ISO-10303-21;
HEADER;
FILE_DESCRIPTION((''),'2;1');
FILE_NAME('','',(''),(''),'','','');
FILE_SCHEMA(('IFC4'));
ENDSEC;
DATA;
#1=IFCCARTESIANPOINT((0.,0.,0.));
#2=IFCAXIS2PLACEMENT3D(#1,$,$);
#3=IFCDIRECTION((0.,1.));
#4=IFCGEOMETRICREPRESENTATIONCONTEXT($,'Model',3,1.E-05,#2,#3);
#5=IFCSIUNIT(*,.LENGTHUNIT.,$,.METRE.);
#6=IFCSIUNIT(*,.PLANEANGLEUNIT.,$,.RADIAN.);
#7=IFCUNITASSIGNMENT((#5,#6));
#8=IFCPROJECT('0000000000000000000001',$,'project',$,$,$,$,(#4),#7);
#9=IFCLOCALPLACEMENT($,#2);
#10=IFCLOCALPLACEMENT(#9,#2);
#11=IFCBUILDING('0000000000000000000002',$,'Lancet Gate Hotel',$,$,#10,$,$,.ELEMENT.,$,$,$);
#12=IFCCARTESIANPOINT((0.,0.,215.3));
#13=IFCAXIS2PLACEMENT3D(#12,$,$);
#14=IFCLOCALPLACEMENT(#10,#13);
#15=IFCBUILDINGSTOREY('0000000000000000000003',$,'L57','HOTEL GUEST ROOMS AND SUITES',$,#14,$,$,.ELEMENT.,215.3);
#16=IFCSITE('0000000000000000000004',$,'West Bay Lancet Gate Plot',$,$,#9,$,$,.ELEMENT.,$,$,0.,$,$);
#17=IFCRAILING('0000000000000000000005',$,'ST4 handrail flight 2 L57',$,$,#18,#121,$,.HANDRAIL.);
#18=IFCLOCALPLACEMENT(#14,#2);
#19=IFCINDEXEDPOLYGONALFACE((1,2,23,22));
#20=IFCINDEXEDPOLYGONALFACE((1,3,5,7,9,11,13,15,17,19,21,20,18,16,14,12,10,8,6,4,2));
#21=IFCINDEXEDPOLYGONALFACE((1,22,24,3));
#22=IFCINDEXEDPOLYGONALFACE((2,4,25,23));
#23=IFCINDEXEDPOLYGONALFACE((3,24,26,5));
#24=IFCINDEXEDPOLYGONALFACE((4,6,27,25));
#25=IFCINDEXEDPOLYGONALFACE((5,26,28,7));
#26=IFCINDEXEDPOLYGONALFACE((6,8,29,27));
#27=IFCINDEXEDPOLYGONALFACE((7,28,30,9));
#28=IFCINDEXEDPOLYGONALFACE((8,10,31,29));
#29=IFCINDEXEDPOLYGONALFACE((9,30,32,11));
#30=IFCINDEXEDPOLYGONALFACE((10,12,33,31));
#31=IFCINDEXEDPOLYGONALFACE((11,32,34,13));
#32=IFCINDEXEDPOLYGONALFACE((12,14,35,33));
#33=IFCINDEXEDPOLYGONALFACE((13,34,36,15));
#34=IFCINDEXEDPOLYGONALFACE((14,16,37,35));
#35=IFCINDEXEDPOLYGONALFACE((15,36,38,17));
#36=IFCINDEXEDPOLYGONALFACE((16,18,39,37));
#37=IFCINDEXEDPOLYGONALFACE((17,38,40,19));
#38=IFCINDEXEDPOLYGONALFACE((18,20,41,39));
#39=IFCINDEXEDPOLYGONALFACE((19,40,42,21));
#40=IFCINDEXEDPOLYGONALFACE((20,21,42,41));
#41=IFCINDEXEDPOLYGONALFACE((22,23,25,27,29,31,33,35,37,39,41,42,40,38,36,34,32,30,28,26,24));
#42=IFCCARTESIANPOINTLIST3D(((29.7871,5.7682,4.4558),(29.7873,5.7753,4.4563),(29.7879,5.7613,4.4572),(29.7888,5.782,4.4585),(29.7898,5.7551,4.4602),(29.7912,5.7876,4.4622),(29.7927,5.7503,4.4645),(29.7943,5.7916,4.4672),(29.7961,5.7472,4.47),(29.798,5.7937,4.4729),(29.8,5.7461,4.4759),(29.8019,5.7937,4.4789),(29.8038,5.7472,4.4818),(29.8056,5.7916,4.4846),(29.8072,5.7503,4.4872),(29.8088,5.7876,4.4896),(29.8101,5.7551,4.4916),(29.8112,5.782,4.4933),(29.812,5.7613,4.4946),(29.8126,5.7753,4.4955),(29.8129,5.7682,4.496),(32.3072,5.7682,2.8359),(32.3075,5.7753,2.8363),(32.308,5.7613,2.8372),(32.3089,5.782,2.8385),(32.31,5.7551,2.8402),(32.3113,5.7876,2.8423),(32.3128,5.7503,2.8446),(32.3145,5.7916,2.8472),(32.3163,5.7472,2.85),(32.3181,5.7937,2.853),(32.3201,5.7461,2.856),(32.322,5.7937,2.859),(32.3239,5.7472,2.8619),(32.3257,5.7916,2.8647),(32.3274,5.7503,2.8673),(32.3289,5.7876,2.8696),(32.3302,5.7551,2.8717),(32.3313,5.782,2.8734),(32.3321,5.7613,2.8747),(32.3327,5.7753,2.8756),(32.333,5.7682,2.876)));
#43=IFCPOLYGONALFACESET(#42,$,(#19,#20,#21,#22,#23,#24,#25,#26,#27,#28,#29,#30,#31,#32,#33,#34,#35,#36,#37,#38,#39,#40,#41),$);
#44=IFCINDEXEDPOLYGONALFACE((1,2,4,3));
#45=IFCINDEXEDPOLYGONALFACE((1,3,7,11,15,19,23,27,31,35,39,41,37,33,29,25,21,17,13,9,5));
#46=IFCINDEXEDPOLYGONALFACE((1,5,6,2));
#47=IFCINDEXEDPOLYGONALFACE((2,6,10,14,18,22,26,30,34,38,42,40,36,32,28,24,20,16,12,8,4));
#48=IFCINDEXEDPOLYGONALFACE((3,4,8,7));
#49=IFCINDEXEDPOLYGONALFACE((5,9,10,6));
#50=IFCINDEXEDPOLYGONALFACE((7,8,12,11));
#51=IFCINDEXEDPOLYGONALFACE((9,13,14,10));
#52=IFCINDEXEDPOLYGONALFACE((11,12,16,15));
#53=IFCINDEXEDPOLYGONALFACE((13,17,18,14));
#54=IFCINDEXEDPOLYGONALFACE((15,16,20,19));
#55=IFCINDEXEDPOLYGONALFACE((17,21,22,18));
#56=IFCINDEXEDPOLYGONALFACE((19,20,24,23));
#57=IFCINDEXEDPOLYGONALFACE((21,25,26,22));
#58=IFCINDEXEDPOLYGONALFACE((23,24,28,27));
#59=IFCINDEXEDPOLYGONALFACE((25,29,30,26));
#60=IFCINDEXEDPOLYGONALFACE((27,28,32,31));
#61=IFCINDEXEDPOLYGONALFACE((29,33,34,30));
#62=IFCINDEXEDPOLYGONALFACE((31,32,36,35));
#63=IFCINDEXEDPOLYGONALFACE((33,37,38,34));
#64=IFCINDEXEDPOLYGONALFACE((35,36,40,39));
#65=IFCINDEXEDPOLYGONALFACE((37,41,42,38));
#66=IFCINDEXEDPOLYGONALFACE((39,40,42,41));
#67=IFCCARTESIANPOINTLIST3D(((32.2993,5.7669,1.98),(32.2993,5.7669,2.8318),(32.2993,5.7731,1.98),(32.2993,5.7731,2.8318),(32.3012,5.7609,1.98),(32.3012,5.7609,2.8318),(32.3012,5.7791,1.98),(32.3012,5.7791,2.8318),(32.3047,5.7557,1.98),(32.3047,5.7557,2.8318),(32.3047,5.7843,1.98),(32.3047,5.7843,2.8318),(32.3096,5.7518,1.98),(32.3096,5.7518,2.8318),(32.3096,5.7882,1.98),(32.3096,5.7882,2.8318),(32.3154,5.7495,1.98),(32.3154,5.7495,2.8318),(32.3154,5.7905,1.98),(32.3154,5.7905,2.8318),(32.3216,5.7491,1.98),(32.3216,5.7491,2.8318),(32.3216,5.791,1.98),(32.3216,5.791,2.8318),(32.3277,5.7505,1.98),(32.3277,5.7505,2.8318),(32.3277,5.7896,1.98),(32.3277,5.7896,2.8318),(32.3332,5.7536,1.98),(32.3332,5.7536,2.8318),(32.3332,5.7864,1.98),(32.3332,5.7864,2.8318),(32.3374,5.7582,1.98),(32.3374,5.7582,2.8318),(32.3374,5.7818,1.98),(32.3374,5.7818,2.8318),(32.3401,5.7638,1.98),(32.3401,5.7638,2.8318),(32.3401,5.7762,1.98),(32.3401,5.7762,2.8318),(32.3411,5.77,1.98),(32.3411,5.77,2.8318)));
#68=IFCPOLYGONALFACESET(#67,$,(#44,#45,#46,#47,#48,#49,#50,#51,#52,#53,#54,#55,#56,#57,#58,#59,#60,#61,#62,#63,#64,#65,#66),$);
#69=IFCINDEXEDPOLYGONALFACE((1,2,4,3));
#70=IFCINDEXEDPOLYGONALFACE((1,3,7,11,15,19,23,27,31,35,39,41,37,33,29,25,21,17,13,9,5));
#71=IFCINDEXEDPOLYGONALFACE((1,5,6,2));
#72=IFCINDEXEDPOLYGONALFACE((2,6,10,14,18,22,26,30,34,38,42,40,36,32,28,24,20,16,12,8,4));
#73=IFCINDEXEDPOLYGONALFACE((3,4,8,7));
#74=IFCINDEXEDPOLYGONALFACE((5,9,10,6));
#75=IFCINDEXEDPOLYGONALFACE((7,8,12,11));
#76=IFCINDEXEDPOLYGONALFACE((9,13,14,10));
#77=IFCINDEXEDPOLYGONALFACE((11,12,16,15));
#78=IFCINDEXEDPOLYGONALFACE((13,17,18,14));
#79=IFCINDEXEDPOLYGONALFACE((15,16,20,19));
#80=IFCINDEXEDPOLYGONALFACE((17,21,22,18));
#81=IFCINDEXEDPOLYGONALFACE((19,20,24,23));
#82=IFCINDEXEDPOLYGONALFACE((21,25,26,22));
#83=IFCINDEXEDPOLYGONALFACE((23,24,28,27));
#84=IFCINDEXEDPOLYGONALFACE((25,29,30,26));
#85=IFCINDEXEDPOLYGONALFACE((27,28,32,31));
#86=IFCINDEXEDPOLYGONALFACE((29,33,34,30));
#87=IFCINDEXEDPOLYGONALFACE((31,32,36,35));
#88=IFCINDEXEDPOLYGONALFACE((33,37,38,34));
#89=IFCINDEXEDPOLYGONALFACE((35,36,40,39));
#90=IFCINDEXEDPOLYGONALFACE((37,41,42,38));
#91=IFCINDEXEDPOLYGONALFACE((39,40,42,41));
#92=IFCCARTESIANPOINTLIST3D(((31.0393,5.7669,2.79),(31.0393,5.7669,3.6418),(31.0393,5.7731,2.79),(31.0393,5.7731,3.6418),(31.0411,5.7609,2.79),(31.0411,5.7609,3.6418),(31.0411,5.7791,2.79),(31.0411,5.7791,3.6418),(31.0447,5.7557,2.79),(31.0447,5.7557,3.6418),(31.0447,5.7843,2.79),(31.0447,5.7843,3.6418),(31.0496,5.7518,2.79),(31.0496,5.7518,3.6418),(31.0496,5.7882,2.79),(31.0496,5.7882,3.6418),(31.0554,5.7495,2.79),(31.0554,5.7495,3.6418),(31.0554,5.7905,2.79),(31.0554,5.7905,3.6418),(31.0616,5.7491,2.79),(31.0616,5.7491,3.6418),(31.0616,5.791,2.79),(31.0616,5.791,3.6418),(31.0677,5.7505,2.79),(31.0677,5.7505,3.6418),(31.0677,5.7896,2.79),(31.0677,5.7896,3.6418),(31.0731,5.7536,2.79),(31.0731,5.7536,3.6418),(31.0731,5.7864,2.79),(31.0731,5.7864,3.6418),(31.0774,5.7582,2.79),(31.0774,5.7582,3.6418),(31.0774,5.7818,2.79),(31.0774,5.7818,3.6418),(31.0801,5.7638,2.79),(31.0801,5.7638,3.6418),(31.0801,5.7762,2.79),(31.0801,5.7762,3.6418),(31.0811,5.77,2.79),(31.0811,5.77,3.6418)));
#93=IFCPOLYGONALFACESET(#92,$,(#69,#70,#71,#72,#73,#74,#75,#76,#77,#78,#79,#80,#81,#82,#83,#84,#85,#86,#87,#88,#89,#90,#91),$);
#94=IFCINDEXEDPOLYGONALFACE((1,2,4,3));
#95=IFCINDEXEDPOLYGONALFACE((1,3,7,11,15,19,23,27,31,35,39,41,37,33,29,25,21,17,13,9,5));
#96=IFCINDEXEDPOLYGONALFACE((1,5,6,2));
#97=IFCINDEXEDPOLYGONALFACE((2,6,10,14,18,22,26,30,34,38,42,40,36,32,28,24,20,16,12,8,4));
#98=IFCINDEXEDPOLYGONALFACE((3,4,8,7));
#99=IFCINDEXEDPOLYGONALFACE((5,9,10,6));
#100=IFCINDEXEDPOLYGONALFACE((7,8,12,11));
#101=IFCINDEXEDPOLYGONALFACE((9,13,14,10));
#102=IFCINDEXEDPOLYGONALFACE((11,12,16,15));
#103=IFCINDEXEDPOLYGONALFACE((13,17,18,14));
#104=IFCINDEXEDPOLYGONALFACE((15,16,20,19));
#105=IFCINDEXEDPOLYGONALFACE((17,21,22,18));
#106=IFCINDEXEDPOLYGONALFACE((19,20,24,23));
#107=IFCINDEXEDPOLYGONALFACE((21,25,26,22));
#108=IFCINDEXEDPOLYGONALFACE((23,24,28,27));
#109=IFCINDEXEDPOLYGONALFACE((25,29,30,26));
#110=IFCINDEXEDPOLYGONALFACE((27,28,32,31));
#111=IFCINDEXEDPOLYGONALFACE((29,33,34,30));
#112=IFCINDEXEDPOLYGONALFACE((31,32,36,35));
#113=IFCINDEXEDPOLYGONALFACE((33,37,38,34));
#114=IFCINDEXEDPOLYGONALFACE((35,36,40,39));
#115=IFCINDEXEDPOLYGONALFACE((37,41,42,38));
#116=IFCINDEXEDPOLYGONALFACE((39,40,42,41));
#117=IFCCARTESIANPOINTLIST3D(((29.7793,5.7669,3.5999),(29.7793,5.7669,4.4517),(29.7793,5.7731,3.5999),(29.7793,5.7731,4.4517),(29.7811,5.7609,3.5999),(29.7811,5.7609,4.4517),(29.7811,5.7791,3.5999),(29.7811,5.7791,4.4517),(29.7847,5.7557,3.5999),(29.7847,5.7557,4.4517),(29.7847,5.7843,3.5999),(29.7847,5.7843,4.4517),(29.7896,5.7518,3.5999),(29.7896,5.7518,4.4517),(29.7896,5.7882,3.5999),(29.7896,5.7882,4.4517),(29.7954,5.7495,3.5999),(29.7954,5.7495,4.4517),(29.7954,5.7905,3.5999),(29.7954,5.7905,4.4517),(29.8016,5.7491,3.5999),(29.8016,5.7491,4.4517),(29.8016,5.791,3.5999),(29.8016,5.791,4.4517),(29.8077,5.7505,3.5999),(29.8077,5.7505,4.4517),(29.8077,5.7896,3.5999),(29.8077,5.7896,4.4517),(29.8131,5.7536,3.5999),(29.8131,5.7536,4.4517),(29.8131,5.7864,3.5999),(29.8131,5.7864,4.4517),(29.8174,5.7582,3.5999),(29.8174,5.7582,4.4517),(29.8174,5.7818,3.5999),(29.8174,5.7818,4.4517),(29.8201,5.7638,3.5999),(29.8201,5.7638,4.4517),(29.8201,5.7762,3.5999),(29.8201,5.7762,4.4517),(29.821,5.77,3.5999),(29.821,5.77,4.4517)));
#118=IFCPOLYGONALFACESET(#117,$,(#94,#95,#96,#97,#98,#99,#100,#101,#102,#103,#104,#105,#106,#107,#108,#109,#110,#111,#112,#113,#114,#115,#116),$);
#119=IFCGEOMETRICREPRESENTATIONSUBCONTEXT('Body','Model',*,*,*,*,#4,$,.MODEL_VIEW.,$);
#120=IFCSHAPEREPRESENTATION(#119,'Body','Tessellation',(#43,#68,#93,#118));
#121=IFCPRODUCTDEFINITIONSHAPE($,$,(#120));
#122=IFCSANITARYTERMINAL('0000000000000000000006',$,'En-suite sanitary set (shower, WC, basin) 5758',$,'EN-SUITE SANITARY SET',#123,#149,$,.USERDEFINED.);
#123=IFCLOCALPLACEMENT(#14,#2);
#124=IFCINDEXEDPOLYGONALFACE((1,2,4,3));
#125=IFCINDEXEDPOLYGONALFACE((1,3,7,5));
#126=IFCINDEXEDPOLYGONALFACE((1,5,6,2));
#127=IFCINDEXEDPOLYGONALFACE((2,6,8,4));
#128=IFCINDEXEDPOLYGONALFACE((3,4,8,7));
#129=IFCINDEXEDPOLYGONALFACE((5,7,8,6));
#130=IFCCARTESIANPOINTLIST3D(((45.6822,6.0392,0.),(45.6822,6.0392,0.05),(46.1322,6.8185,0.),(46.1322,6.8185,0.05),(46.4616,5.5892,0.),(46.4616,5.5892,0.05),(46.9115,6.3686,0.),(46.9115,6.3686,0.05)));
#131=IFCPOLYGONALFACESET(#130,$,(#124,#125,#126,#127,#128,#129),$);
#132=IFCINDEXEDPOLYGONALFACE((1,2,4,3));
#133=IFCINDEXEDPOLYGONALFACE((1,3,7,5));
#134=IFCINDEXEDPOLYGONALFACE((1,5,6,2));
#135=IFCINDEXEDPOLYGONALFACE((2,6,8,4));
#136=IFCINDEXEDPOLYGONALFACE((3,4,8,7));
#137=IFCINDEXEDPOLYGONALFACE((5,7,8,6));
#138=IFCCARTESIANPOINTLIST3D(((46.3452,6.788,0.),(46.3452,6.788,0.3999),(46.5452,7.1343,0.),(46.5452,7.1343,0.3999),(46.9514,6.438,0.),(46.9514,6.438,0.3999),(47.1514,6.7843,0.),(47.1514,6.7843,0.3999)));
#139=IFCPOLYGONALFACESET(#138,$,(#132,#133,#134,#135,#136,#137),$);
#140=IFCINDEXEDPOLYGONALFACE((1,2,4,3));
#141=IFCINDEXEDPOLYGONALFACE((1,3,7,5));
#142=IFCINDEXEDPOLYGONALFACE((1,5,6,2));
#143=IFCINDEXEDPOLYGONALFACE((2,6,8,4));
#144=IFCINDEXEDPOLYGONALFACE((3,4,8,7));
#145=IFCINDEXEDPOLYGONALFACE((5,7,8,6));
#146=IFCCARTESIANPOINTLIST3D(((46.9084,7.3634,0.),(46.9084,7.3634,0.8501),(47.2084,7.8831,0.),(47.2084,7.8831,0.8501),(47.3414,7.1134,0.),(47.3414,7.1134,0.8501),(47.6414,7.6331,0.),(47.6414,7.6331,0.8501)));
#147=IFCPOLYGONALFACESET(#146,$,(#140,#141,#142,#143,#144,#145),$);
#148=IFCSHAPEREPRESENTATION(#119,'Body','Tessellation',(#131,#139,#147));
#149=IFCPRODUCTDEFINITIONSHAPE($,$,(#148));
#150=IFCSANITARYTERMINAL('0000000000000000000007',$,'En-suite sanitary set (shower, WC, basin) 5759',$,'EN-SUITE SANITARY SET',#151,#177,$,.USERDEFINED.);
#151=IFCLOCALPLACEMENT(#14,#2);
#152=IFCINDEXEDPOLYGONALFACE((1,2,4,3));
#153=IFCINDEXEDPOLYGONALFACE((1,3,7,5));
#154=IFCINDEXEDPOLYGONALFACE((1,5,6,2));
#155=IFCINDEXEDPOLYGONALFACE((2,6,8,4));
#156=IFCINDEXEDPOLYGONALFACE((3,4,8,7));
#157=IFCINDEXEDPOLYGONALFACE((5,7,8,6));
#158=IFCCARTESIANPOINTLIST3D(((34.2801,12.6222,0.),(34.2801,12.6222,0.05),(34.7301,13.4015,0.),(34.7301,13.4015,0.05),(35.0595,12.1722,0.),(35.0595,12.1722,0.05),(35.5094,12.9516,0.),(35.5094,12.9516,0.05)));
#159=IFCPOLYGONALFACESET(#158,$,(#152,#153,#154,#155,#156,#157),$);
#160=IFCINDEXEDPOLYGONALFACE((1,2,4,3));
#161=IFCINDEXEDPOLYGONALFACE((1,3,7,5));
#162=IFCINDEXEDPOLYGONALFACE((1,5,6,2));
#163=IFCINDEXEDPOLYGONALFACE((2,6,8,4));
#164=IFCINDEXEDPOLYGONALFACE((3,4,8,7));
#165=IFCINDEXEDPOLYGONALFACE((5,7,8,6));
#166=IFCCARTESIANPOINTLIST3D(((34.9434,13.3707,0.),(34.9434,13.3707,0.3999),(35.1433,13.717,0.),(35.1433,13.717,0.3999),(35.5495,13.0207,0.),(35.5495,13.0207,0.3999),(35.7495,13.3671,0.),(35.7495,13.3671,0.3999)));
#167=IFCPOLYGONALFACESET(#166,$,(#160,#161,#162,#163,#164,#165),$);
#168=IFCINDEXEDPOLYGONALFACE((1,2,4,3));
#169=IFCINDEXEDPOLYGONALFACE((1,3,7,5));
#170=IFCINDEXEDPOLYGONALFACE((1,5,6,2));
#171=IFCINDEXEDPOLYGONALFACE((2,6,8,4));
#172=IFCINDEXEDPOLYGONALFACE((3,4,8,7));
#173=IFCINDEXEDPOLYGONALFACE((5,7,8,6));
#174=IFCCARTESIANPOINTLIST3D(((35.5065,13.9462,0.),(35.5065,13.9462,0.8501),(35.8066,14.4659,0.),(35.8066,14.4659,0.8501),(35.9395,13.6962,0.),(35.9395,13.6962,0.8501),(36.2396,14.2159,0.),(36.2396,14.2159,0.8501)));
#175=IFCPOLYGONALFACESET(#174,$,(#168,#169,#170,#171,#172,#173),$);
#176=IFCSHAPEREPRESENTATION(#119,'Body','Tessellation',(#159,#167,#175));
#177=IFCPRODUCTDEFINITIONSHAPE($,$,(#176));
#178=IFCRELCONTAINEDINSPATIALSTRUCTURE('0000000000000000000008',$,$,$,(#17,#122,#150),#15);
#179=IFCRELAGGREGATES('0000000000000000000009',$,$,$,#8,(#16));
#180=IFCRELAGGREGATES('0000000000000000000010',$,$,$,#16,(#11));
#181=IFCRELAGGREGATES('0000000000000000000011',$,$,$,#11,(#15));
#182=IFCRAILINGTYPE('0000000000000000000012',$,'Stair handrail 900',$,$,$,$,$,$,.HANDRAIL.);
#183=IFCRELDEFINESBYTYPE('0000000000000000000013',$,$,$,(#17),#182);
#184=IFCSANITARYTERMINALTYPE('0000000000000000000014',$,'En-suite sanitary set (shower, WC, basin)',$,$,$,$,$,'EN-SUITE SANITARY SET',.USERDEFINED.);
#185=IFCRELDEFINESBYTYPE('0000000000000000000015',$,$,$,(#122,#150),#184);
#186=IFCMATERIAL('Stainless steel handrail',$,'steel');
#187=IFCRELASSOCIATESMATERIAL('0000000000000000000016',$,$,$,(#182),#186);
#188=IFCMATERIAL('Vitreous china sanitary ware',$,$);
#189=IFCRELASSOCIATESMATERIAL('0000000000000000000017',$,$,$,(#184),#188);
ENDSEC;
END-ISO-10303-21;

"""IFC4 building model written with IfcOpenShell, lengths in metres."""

from ifc_helpers import new_model, si_unit, direction, frame, origin, origin_2d, place, context, subcontext, project, spatial, rectangle, circle, extrude, material, type_object, element, save


model = new_model("IFC4")

# Units and contexts
model_context = context("Model", 3, precision=1e-05, world=origin(), true_north=direction((0.0, 1.0)))
body_context = subcontext(model_context, "Body", "Model", "MODEL_VIEW")
ifc_project = project(units=[si_unit("LENGTHUNIT", "METRE"), si_unit("PLANEANGLEUNIT", "RADIAN")], contexts=[model_context])

# Site, building, storey
site_placement = place(None, origin())
site = spatial("IfcSite", under=ifc_project, at=site_placement, Name="West Bay Lancet Gate Plot", CompositionType="ELEMENT", RefElevation=0.0)
building_placement = place(site_placement, origin())
building = spatial("IfcBuilding", under=site, at=building_placement, Name="Lancet Gate Hotel", CompositionType="ELEMENT")
storey_placement = place(building_placement, frame((0.0, 0.0, 215.3)))
storey = spatial("IfcBuildingStorey", under=building, at=storey_placement, Name="L57", Description="HOTEL GUEST ROOMS AND SUITES", CompositionType="ELEMENT", Elevation=215.3)

# Railing
ifc_material_1 = material(Name="Stainless steel handrail", Category="steel")
railing_type = type_object("IfcRailingType", Name="Stair handrail 900", PredefinedType="HANDRAIL", material=ifc_material_1)
railing_1_placement = place(storey_placement, frame((32.3201, 5.77, 1.98)))
element("IfcRailing", 1, at=railing_1_placement, inside=storey, type_object=railing_type, Name="ST4 handrail flight 2 L57", PredefinedType="HANDRAIL", context=body_context, shape_type="SweptSolid", body=[
    extrude(circle(Radius=0.0239, at=origin_2d()), frame((0.0, 0.0, 0.876), z_axis=(-0.8412, 0.0, 0.540725), x_axis=(0.0, -1.0, 0.0)), (0.0, 0.0, 1.0), 2.9958),
    extrude(circle(Radius=0.021, at=origin_2d()), origin(), (0.0, 0.0, 1.0), 0.8518),
    extrude(circle(Radius=0.021, at=origin_2d()), frame((-1.26, 0.0, 0.8101)), (0.0, 0.0, 1.0), 0.8518),
    extrude(circle(Radius=0.021, at=origin_2d()), frame((-2.52, 0.0, 1.6199)), (0.0, 0.0, 1.0), 0.8518),
])

# Sanitary terminals
ifc_material_2 = material(Name="Vitreous china sanitary ware")
sanitary_terminal_type = type_object("IfcSanitaryTerminalType", Name="En-suite sanitary set (shower, WC, basin)", ElementType="EN-SUITE SANITARY SET", PredefinedType="USERDEFINED", material=ifc_material_2)
sanitary_terminal_1_placement = place(storey_placement, frame((46.2969, 6.2039, 0.0), z_axis=(0.0, 0.0, 1.0), x_axis=(1.0, 0.0, 0.0)))
element("IfcSanitaryTerminal", 2, at=sanitary_terminal_1_placement, inside=storey, type_object=sanitary_terminal_type, Name="En-suite sanitary set (shower, WC, basin) 5758", ObjectType="EN-SUITE SANITARY SET", PredefinedType="USERDEFINED", context=body_context, shape_type="SweptSolid", body=[
    extrude(rectangle(XDim=0.8999, YDim=0.8999, at=origin_2d()), frame((0.0, 0.0, 0.0), z_axis=(0.0, 0.0, 1.0), x_axis=(-0.5, -0.866025, 0.0)), (0.0, 0.0, 1.0), 0.05),
    extrude(rectangle(XDim=0.3999, YDim=0.7, at=origin_2d()), frame((0.4514, 0.5823, 0.0), z_axis=(0.0, 0.0, 1.0), x_axis=(-0.5, -0.866025, 0.0)), (0.0, 0.0, 1.0), 0.3999),
    extrude(rectangle(XDim=0.6001, YDim=0.5, at=origin_2d()), frame((0.978, 1.2944, 0.0), z_axis=(0.0, 0.0, 1.0), x_axis=(-0.5, -0.866025, 0.0)), (0.0, 0.0, 1.0), 0.8501),
])
sanitary_terminal_2_placement = place(storey_placement, frame((34.8948, 12.7869, 0.0), z_axis=(0.0, 0.0, 1.0), x_axis=(1.0, 0.0, 0.0)))
element("IfcSanitaryTerminal", 3, at=sanitary_terminal_2_placement, inside=storey, type_object=sanitary_terminal_type, Name="En-suite sanitary set (shower, WC, basin) 5759", ObjectType="EN-SUITE SANITARY SET", PredefinedType="USERDEFINED", context=body_context, shape_type="SweptSolid", body=[
    extrude(rectangle(XDim=0.8999, YDim=0.8999, at=origin_2d()), frame((0.0, 0.0, 0.0), z_axis=(0.0, 0.0, 1.0), x_axis=(-0.5, -0.866025, 0.0)), (0.0, 0.0, 1.0), 0.05),
    extrude(rectangle(XDim=0.3999, YDim=0.7, at=origin_2d()), frame((0.4517, 0.582, 0.0), z_axis=(0.0, 0.0, 1.0), x_axis=(-0.5, -0.866025, 0.0)), (0.0, 0.0, 1.0), 0.3999),
    extrude(rectangle(XDim=0.6001, YDim=0.5, at=origin_2d()), frame((0.9783, 1.2942, 0.0), z_axis=(0.0, 0.0, 1.0), x_axis=(-0.5, -0.866025, 0.0)), (0.0, 0.0, 1.0), 0.8501),
])

save(model, "model.ifc")
